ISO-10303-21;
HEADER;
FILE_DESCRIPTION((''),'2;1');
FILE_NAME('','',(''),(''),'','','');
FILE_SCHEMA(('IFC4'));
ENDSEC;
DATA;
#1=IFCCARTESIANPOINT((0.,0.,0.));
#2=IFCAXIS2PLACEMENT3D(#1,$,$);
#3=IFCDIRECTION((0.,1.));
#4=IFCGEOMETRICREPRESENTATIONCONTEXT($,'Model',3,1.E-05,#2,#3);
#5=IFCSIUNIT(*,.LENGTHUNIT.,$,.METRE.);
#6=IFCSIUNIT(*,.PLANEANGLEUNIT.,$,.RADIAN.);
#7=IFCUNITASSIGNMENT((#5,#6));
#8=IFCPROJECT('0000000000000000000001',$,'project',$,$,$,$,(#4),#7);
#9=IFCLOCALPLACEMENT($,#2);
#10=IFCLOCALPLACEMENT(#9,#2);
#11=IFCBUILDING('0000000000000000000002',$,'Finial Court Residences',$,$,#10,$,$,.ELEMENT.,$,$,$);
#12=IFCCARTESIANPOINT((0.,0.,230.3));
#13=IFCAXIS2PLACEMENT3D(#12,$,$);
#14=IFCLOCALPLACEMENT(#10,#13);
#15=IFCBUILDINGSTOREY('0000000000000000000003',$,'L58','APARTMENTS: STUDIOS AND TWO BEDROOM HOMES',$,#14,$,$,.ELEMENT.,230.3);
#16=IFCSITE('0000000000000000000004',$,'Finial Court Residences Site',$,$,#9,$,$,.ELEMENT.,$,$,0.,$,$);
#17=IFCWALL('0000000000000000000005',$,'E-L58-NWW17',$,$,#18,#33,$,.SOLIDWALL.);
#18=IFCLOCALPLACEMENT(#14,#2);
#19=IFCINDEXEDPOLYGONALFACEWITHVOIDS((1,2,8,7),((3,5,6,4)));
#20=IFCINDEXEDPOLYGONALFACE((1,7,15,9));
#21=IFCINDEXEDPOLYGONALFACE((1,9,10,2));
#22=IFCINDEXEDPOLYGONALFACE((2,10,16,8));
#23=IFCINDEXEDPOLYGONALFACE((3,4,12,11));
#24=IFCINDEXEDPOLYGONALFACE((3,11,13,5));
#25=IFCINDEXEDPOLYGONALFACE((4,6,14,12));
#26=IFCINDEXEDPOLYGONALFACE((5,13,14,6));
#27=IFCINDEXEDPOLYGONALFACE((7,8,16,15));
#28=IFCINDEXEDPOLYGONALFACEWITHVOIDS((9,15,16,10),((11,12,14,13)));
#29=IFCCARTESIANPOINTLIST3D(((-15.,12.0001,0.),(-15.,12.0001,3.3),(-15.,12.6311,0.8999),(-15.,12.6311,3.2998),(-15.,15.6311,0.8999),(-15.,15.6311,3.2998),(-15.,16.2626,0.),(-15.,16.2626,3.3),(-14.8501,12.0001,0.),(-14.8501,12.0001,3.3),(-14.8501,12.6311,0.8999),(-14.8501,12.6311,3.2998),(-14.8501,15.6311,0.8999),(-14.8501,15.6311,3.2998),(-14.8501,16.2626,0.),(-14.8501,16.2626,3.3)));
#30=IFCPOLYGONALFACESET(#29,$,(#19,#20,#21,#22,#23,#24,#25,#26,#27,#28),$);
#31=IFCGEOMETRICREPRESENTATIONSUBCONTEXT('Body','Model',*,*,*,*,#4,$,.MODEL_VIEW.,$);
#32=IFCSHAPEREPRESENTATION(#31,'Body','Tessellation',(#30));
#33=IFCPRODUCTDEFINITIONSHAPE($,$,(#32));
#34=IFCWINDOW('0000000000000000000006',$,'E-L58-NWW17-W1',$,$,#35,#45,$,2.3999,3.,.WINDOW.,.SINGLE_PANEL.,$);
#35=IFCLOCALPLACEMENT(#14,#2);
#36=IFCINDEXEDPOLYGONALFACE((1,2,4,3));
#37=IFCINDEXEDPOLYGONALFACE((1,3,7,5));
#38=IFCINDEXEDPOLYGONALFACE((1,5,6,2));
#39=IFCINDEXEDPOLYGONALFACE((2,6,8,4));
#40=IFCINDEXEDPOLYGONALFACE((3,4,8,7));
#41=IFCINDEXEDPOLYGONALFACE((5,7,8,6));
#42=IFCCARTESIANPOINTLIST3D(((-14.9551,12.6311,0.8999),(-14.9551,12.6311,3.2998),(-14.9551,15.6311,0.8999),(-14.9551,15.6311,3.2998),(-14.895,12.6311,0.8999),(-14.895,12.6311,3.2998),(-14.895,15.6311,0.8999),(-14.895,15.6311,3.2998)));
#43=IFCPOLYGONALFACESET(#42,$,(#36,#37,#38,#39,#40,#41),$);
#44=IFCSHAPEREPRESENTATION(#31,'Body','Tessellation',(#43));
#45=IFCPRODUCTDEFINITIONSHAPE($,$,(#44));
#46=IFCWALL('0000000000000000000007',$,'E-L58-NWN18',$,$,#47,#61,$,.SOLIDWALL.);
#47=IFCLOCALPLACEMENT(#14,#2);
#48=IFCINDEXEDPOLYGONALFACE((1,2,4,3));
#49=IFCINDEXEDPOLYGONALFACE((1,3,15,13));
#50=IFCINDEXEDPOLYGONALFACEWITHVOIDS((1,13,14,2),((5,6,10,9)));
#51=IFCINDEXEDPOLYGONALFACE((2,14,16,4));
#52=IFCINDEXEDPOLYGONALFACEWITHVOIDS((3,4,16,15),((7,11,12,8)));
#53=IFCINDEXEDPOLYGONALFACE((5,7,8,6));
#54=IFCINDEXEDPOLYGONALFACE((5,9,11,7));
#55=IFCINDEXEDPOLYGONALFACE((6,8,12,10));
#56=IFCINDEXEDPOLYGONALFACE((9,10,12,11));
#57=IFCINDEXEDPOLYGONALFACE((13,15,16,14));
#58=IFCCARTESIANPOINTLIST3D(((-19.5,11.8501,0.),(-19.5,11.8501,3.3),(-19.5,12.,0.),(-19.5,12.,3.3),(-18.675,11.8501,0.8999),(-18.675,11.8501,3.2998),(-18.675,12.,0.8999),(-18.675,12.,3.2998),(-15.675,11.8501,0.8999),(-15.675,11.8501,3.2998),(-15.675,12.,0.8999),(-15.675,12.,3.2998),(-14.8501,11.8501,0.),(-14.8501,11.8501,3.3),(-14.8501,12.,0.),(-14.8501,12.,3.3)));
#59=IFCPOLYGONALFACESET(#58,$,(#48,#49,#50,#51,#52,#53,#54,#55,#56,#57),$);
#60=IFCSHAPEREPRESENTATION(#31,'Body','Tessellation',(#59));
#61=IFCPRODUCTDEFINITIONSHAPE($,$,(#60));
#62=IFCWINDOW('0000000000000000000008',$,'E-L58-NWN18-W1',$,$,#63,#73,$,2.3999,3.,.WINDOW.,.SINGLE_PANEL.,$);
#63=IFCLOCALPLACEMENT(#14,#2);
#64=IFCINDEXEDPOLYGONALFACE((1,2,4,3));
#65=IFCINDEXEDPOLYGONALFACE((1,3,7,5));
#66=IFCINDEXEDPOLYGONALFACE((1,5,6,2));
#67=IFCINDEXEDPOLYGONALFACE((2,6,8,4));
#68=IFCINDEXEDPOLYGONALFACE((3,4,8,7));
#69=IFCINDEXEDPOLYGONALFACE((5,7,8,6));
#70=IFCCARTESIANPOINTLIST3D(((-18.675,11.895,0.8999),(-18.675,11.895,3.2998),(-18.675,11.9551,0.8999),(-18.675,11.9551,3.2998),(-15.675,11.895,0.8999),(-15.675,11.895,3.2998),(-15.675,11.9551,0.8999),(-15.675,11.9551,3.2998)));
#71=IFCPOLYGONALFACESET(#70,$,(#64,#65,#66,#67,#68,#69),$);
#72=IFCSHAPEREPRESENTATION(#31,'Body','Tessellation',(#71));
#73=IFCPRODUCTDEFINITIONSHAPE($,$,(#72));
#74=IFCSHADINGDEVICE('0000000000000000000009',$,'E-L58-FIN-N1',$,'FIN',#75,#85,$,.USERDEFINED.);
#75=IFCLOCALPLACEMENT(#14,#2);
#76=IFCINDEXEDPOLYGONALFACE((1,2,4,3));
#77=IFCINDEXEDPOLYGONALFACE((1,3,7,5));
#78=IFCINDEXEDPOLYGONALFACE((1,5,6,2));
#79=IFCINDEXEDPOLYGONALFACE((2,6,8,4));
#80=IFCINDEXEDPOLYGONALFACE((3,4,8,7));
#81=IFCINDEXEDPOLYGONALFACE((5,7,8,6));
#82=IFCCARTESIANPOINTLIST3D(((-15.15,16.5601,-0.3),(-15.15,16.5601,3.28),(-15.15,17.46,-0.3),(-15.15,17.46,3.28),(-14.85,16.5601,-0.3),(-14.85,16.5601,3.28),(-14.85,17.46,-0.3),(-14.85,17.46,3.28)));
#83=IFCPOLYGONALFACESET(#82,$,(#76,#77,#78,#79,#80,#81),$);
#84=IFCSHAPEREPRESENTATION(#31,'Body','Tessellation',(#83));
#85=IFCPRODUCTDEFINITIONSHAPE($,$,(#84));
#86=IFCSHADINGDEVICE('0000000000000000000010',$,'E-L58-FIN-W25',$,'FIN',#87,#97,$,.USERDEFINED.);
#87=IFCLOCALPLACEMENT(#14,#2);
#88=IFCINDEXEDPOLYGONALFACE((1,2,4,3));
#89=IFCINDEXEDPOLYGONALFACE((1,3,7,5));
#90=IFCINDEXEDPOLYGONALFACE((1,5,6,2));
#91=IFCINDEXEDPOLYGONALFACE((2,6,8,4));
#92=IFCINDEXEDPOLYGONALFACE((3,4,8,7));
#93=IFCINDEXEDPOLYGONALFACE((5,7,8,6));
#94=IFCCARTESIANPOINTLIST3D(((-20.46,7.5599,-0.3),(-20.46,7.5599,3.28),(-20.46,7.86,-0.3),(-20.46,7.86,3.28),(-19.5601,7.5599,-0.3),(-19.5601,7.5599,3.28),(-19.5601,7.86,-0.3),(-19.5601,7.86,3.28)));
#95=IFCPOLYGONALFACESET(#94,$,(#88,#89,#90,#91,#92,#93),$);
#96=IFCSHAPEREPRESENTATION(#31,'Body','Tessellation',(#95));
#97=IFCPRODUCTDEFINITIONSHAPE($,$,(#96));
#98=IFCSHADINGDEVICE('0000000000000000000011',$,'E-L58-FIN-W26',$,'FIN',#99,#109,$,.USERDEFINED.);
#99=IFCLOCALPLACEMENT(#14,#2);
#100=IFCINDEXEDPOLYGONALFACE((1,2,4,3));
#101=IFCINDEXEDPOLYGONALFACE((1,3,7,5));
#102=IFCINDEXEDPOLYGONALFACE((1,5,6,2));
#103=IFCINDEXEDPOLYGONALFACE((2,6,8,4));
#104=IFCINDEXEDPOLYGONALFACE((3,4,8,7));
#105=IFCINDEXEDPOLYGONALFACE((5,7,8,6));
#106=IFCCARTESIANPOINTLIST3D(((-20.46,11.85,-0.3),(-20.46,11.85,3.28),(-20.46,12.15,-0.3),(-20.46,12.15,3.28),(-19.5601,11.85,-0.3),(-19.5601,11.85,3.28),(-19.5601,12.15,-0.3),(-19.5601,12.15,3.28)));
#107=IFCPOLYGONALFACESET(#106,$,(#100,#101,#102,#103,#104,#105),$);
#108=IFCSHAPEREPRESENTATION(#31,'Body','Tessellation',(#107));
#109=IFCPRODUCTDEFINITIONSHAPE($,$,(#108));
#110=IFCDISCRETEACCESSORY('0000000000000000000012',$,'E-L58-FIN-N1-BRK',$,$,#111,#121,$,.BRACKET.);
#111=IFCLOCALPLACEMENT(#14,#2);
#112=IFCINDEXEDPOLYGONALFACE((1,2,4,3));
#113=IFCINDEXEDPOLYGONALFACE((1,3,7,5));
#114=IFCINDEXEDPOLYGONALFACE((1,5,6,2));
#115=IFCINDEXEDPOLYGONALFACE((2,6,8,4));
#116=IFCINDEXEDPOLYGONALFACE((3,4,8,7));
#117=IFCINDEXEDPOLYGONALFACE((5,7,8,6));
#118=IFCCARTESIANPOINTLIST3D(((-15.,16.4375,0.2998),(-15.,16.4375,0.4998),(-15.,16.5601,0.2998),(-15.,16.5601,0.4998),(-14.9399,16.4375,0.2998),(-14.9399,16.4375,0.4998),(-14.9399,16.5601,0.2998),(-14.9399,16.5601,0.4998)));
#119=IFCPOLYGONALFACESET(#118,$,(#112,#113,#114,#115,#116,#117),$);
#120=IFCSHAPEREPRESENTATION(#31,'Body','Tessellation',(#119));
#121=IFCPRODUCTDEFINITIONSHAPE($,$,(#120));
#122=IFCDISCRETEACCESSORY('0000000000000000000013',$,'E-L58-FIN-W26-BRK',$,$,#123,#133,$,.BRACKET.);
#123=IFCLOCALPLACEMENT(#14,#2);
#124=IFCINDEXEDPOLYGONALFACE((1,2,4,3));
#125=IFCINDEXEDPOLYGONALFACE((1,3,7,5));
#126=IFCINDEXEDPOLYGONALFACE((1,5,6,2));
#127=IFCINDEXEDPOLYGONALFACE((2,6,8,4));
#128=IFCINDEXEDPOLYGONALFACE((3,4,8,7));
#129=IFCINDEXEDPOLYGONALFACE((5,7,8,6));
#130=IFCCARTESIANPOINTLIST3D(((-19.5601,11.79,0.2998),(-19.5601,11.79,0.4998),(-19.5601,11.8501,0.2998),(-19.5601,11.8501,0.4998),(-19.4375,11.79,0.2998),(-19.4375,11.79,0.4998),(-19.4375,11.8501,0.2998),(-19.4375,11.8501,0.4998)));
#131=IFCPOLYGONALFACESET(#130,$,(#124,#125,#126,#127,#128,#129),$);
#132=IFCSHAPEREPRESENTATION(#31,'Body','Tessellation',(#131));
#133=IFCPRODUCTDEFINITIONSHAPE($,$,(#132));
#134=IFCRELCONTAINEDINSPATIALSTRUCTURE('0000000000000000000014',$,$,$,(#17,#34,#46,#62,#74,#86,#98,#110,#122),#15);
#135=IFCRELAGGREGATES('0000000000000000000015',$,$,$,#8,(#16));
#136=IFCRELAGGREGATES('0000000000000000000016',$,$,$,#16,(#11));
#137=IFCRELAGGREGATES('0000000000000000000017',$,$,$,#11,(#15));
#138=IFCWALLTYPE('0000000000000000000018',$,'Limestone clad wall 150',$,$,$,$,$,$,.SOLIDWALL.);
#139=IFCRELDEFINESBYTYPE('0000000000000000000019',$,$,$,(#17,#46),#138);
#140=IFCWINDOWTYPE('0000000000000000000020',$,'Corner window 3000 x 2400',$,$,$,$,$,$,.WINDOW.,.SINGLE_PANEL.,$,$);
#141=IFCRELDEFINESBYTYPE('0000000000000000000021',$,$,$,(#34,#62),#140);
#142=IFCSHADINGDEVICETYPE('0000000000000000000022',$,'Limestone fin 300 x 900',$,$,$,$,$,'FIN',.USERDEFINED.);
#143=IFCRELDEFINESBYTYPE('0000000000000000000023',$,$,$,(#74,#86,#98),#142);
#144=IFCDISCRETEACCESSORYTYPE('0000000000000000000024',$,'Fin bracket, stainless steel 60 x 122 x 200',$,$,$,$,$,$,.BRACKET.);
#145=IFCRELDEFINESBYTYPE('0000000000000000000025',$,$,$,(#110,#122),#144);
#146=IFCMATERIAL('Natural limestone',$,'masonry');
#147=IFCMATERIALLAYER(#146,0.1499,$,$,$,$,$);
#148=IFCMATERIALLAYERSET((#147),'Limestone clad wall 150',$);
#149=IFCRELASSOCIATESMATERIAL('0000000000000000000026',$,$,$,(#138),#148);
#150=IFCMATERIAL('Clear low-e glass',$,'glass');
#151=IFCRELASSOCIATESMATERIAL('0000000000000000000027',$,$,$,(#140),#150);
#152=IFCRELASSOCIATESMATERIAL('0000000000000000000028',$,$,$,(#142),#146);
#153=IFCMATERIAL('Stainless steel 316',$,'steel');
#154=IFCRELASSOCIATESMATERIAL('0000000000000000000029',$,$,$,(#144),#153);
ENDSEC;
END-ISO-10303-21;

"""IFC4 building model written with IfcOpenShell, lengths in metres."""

from ifc_helpers import new_model, si_unit, direction, frame, frame_2d, origin, origin_2d, place, context, subcontext, project, spatial, rectangle, extrude, material, layer, layer_set, type_object, element, fill, save


model = new_model("IFC4")

# Units and contexts
model_context = context("Model", 3, precision=1e-05, world=origin(), true_north=direction((0.0, 1.0)))
body_context = subcontext(model_context, "Body", "Model", "MODEL_VIEW")
ifc_project = project(units=[si_unit("LENGTHUNIT", "METRE"), si_unit("PLANEANGLEUNIT", "RADIAN")], contexts=[model_context])

# Site, building, storey
site_placement = place(None, origin())
site = spatial("IfcSite", under=ifc_project, at=site_placement, Name="Finial Court Residences Site", CompositionType="ELEMENT", RefElevation=0.0)
building_placement = place(site_placement, origin())
building = spatial("IfcBuilding", under=site, at=building_placement, Name="Finial Court Residences", CompositionType="ELEMENT")
storey_placement = place(building_placement, frame((0.0, 0.0, 230.3)))
storey = spatial("IfcBuildingStorey", under=building, at=storey_placement, Name="L58", Description="APARTMENTS: STUDIOS AND TWO BEDROOM HOMES", CompositionType="ELEMENT", Elevation=230.3)

# Shared definitions
ifc_material_1 = material(Name="Clear low-e glass", Category="glass")

# Walls, openings, windows
ifc_material_2 = material(Name="Natural limestone", Category="masonry")
ifc_layer_1 = layer(ifc_material_2, 0.1499)
ifc_layer_set_1 = layer_set([ifc_layer_1], Name="Limestone clad wall 150")
wall_type_1 = type_object("IfcWallType", Name="Limestone clad wall 150", PredefinedType="SOLIDWALL", material=ifc_layer_set_1)
wall_1_placement = place(storey_placement, frame((-14.925, 12.0, 0.0), z_axis=(0.0, 0.0, 1.0), x_axis=(0.0, 1.0, 0.0)))
wall_1 = element("IfcWall", 1, at=wall_1_placement, inside=storey, type_object=wall_type_1, Name="E-L58-NWW17", PredefinedType="SOLIDWALL", context=body_context, shape_type="SweptSolid", body=[
    extrude(rectangle(XDim=4.2625, YDim=0.1499, at=frame_2d((2.1313, 0.0))), origin(), (0.0, 0.0, 1.0), 3.3),
])
opening_1_placement = place(wall_1_placement, frame((0.6311, 0.0, 0.8999)))
opening_1 = element("IfcOpeningElement", 2, at=opening_1_placement, cuts=wall_1, PredefinedType="OPENING", context=body_context, shape_type="SweptSolid", body=[
    extrude(rectangle(XDim=3.0, YDim=2.3999, at=frame_2d((1.5, 1.2))), frame((0.0, 0.085, 0.0), z_axis=(0.0, -1.0, 0.0), x_axis=(1.0, 0.0, 0.0)), (0.0, 0.0, 1.0), 0.1699),
])
window_type = type_object("IfcWindowType", Name="Corner window 3000 x 2400", PartitioningType="SINGLE_PANEL", PredefinedType="WINDOW", material=ifc_material_1)
window_1_placement = place(opening_1_placement, origin())
window_1 = element("IfcWindow", 3, at=window_1_placement, inside=storey, type_object=window_type, Name="E-L58-NWW17-W1", OverallHeight=2.3999, OverallWidth=3.0, PartitioningType="SINGLE_PANEL", PredefinedType="WINDOW", context=body_context, shape_type="SweptSolid", body=[
    extrude(rectangle(XDim=3.0, YDim=2.3999, at=frame_2d((1.5, 1.2))), frame((0.0, 0.03, 0.0), z_axis=(0.0, -1.0, 0.0), x_axis=(1.0, 0.0, 0.0)), (0.0, 0.0, 1.0), 0.0601),
])
fill(opening_1, window_1)
wall_2_placement = place(storey_placement, frame((-19.5, 11.925, 0.0), z_axis=(0.0, 0.0, 1.0), x_axis=(1.0, 0.0, 0.0)))
wall_2 = element("IfcWall", 4, at=wall_2_placement, inside=storey, type_object=wall_type_1, Name="E-L58-NWN18", PredefinedType="SOLIDWALL", context=body_context, shape_type="SweptSolid", body=[
    extrude(rectangle(XDim=4.6499, YDim=0.1499, at=frame_2d((2.325, 0.0))), origin(), (0.0, 0.0, 1.0), 3.3),
])
opening_2_placement = place(wall_2_placement, frame((0.825, 0.0, 0.8999)))
opening_2 = element("IfcOpeningElement", 5, at=opening_2_placement, cuts=wall_2, PredefinedType="OPENING", context=body_context, shape_type="SweptSolid", body=[
    extrude(rectangle(XDim=3.0, YDim=2.3999, at=frame_2d((1.5, 1.2))), frame((0.0, 0.085, 0.0), z_axis=(0.0, -1.0, 0.0), x_axis=(1.0, 0.0, 0.0)), (0.0, 0.0, 1.0), 0.1699),
])
window_2_placement = place(opening_2_placement, origin())
window_2 = element("IfcWindow", 6, at=window_2_placement, inside=storey, type_object=window_type, Name="E-L58-NWN18-W1", OverallHeight=2.3999, OverallWidth=3.0, PartitioningType="SINGLE_PANEL", PredefinedType="WINDOW", context=body_context, shape_type="SweptSolid", body=[
    extrude(rectangle(XDim=3.0, YDim=2.3999, at=frame_2d((1.5, 1.2))), frame((0.0, 0.03, 0.0), z_axis=(0.0, -1.0, 0.0), x_axis=(1.0, 0.0, 0.0)), (0.0, 0.0, 1.0), 0.0601),
])
fill(opening_2, window_2)

# Shading devices
shading_device_type = type_object("IfcShadingDeviceType", Name="Limestone fin 300 x 900", ElementType="FIN", PredefinedType="USERDEFINED", material=ifc_material_2)
shading_device_placement = place(storey_placement, frame((-15.0, 17.01, -0.3), z_axis=(0.0, 0.0, 1.0), x_axis=(1.0, 0.0, 0.0)))
element("IfcShadingDevice", 7, at=shading_device_placement, inside=storey, type_object=shading_device_type, Name="E-L58-FIN-N1", ObjectType="FIN", PredefinedType="USERDEFINED", context=body_context, shape_type="SweptSolid", body=[
    extrude(rectangle(XDim=0.3, YDim=0.8999, at=origin_2d()), origin(), (0.0, 0.0, 1.0), 3.5801),
])
for number, where, z_axis, x_axis, name in (
    (8, (-20.01, 7.71, -0.3), (0.0, 0.0, 1.0), (1.0, 0.0, 0.0), "E-L58-FIN-W25"),
    (9, (-20.01, 12.0, -0.3), (0.0, 0.0, 1.0), (1.0, 0.0, 0.0), "E-L58-FIN-W26"),
):
    element("IfcShadingDevice", number, at=place(storey_placement, frame(where, z_axis=z_axis, x_axis=x_axis)), inside=storey, type_object=shading_device_type, Name=name, ObjectType="FIN", PredefinedType="USERDEFINED", context=body_context, shape_type="SweptSolid", body=[
        extrude(rectangle(XDim=0.8999, YDim=0.3, at=origin_2d()), origin(), (0.0, 0.0, 1.0), 3.5801),
    ])

# Discrete accessories
ifc_material_3 = material(Name="Stainless steel 316", Category="steel")
discrete_accessory_type = type_object("IfcDiscreteAccessoryType", Name="Fin bracket, stainless steel 60 x 122 x 200", PredefinedType="BRACKET", material=ifc_material_3)
discrete_accessory_1_placement = place(storey_placement, frame((-14.97, 16.4988, 0.2998), z_axis=(0.0, 0.0, 1.0), x_axis=(1.0, 0.0, 0.0)))
element("IfcDiscreteAccessory", 10, at=discrete_accessory_1_placement, inside=storey, type_object=discrete_accessory_type, Name="E-L58-FIN-N1-BRK", PredefinedType="BRACKET", context=body_context, shape_type="SweptSolid", body=[
    extrude(rectangle(XDim=0.0601, YDim=0.1226, at=origin_2d()), origin(), (0.0, 0.0, 1.0), 0.2),
])
discrete_accessory_2_placement = place(storey_placement, frame((-19.4988, 11.8201, 0.2998), z_axis=(0.0, 0.0, 1.0), x_axis=(1.0, 0.0, 0.0)))
element("IfcDiscreteAccessory", 11, at=discrete_accessory_2_placement, inside=storey, type_object=discrete_accessory_type, Name="E-L58-FIN-W26-BRK", PredefinedType="BRACKET", context=body_context, shape_type="SweptSolid", body=[
    extrude(rectangle(XDim=0.1226, YDim=0.0601, at=origin_2d()), origin(), (0.0, 0.0, 1.0), 0.2),
])

save(model, "model.ifc")
